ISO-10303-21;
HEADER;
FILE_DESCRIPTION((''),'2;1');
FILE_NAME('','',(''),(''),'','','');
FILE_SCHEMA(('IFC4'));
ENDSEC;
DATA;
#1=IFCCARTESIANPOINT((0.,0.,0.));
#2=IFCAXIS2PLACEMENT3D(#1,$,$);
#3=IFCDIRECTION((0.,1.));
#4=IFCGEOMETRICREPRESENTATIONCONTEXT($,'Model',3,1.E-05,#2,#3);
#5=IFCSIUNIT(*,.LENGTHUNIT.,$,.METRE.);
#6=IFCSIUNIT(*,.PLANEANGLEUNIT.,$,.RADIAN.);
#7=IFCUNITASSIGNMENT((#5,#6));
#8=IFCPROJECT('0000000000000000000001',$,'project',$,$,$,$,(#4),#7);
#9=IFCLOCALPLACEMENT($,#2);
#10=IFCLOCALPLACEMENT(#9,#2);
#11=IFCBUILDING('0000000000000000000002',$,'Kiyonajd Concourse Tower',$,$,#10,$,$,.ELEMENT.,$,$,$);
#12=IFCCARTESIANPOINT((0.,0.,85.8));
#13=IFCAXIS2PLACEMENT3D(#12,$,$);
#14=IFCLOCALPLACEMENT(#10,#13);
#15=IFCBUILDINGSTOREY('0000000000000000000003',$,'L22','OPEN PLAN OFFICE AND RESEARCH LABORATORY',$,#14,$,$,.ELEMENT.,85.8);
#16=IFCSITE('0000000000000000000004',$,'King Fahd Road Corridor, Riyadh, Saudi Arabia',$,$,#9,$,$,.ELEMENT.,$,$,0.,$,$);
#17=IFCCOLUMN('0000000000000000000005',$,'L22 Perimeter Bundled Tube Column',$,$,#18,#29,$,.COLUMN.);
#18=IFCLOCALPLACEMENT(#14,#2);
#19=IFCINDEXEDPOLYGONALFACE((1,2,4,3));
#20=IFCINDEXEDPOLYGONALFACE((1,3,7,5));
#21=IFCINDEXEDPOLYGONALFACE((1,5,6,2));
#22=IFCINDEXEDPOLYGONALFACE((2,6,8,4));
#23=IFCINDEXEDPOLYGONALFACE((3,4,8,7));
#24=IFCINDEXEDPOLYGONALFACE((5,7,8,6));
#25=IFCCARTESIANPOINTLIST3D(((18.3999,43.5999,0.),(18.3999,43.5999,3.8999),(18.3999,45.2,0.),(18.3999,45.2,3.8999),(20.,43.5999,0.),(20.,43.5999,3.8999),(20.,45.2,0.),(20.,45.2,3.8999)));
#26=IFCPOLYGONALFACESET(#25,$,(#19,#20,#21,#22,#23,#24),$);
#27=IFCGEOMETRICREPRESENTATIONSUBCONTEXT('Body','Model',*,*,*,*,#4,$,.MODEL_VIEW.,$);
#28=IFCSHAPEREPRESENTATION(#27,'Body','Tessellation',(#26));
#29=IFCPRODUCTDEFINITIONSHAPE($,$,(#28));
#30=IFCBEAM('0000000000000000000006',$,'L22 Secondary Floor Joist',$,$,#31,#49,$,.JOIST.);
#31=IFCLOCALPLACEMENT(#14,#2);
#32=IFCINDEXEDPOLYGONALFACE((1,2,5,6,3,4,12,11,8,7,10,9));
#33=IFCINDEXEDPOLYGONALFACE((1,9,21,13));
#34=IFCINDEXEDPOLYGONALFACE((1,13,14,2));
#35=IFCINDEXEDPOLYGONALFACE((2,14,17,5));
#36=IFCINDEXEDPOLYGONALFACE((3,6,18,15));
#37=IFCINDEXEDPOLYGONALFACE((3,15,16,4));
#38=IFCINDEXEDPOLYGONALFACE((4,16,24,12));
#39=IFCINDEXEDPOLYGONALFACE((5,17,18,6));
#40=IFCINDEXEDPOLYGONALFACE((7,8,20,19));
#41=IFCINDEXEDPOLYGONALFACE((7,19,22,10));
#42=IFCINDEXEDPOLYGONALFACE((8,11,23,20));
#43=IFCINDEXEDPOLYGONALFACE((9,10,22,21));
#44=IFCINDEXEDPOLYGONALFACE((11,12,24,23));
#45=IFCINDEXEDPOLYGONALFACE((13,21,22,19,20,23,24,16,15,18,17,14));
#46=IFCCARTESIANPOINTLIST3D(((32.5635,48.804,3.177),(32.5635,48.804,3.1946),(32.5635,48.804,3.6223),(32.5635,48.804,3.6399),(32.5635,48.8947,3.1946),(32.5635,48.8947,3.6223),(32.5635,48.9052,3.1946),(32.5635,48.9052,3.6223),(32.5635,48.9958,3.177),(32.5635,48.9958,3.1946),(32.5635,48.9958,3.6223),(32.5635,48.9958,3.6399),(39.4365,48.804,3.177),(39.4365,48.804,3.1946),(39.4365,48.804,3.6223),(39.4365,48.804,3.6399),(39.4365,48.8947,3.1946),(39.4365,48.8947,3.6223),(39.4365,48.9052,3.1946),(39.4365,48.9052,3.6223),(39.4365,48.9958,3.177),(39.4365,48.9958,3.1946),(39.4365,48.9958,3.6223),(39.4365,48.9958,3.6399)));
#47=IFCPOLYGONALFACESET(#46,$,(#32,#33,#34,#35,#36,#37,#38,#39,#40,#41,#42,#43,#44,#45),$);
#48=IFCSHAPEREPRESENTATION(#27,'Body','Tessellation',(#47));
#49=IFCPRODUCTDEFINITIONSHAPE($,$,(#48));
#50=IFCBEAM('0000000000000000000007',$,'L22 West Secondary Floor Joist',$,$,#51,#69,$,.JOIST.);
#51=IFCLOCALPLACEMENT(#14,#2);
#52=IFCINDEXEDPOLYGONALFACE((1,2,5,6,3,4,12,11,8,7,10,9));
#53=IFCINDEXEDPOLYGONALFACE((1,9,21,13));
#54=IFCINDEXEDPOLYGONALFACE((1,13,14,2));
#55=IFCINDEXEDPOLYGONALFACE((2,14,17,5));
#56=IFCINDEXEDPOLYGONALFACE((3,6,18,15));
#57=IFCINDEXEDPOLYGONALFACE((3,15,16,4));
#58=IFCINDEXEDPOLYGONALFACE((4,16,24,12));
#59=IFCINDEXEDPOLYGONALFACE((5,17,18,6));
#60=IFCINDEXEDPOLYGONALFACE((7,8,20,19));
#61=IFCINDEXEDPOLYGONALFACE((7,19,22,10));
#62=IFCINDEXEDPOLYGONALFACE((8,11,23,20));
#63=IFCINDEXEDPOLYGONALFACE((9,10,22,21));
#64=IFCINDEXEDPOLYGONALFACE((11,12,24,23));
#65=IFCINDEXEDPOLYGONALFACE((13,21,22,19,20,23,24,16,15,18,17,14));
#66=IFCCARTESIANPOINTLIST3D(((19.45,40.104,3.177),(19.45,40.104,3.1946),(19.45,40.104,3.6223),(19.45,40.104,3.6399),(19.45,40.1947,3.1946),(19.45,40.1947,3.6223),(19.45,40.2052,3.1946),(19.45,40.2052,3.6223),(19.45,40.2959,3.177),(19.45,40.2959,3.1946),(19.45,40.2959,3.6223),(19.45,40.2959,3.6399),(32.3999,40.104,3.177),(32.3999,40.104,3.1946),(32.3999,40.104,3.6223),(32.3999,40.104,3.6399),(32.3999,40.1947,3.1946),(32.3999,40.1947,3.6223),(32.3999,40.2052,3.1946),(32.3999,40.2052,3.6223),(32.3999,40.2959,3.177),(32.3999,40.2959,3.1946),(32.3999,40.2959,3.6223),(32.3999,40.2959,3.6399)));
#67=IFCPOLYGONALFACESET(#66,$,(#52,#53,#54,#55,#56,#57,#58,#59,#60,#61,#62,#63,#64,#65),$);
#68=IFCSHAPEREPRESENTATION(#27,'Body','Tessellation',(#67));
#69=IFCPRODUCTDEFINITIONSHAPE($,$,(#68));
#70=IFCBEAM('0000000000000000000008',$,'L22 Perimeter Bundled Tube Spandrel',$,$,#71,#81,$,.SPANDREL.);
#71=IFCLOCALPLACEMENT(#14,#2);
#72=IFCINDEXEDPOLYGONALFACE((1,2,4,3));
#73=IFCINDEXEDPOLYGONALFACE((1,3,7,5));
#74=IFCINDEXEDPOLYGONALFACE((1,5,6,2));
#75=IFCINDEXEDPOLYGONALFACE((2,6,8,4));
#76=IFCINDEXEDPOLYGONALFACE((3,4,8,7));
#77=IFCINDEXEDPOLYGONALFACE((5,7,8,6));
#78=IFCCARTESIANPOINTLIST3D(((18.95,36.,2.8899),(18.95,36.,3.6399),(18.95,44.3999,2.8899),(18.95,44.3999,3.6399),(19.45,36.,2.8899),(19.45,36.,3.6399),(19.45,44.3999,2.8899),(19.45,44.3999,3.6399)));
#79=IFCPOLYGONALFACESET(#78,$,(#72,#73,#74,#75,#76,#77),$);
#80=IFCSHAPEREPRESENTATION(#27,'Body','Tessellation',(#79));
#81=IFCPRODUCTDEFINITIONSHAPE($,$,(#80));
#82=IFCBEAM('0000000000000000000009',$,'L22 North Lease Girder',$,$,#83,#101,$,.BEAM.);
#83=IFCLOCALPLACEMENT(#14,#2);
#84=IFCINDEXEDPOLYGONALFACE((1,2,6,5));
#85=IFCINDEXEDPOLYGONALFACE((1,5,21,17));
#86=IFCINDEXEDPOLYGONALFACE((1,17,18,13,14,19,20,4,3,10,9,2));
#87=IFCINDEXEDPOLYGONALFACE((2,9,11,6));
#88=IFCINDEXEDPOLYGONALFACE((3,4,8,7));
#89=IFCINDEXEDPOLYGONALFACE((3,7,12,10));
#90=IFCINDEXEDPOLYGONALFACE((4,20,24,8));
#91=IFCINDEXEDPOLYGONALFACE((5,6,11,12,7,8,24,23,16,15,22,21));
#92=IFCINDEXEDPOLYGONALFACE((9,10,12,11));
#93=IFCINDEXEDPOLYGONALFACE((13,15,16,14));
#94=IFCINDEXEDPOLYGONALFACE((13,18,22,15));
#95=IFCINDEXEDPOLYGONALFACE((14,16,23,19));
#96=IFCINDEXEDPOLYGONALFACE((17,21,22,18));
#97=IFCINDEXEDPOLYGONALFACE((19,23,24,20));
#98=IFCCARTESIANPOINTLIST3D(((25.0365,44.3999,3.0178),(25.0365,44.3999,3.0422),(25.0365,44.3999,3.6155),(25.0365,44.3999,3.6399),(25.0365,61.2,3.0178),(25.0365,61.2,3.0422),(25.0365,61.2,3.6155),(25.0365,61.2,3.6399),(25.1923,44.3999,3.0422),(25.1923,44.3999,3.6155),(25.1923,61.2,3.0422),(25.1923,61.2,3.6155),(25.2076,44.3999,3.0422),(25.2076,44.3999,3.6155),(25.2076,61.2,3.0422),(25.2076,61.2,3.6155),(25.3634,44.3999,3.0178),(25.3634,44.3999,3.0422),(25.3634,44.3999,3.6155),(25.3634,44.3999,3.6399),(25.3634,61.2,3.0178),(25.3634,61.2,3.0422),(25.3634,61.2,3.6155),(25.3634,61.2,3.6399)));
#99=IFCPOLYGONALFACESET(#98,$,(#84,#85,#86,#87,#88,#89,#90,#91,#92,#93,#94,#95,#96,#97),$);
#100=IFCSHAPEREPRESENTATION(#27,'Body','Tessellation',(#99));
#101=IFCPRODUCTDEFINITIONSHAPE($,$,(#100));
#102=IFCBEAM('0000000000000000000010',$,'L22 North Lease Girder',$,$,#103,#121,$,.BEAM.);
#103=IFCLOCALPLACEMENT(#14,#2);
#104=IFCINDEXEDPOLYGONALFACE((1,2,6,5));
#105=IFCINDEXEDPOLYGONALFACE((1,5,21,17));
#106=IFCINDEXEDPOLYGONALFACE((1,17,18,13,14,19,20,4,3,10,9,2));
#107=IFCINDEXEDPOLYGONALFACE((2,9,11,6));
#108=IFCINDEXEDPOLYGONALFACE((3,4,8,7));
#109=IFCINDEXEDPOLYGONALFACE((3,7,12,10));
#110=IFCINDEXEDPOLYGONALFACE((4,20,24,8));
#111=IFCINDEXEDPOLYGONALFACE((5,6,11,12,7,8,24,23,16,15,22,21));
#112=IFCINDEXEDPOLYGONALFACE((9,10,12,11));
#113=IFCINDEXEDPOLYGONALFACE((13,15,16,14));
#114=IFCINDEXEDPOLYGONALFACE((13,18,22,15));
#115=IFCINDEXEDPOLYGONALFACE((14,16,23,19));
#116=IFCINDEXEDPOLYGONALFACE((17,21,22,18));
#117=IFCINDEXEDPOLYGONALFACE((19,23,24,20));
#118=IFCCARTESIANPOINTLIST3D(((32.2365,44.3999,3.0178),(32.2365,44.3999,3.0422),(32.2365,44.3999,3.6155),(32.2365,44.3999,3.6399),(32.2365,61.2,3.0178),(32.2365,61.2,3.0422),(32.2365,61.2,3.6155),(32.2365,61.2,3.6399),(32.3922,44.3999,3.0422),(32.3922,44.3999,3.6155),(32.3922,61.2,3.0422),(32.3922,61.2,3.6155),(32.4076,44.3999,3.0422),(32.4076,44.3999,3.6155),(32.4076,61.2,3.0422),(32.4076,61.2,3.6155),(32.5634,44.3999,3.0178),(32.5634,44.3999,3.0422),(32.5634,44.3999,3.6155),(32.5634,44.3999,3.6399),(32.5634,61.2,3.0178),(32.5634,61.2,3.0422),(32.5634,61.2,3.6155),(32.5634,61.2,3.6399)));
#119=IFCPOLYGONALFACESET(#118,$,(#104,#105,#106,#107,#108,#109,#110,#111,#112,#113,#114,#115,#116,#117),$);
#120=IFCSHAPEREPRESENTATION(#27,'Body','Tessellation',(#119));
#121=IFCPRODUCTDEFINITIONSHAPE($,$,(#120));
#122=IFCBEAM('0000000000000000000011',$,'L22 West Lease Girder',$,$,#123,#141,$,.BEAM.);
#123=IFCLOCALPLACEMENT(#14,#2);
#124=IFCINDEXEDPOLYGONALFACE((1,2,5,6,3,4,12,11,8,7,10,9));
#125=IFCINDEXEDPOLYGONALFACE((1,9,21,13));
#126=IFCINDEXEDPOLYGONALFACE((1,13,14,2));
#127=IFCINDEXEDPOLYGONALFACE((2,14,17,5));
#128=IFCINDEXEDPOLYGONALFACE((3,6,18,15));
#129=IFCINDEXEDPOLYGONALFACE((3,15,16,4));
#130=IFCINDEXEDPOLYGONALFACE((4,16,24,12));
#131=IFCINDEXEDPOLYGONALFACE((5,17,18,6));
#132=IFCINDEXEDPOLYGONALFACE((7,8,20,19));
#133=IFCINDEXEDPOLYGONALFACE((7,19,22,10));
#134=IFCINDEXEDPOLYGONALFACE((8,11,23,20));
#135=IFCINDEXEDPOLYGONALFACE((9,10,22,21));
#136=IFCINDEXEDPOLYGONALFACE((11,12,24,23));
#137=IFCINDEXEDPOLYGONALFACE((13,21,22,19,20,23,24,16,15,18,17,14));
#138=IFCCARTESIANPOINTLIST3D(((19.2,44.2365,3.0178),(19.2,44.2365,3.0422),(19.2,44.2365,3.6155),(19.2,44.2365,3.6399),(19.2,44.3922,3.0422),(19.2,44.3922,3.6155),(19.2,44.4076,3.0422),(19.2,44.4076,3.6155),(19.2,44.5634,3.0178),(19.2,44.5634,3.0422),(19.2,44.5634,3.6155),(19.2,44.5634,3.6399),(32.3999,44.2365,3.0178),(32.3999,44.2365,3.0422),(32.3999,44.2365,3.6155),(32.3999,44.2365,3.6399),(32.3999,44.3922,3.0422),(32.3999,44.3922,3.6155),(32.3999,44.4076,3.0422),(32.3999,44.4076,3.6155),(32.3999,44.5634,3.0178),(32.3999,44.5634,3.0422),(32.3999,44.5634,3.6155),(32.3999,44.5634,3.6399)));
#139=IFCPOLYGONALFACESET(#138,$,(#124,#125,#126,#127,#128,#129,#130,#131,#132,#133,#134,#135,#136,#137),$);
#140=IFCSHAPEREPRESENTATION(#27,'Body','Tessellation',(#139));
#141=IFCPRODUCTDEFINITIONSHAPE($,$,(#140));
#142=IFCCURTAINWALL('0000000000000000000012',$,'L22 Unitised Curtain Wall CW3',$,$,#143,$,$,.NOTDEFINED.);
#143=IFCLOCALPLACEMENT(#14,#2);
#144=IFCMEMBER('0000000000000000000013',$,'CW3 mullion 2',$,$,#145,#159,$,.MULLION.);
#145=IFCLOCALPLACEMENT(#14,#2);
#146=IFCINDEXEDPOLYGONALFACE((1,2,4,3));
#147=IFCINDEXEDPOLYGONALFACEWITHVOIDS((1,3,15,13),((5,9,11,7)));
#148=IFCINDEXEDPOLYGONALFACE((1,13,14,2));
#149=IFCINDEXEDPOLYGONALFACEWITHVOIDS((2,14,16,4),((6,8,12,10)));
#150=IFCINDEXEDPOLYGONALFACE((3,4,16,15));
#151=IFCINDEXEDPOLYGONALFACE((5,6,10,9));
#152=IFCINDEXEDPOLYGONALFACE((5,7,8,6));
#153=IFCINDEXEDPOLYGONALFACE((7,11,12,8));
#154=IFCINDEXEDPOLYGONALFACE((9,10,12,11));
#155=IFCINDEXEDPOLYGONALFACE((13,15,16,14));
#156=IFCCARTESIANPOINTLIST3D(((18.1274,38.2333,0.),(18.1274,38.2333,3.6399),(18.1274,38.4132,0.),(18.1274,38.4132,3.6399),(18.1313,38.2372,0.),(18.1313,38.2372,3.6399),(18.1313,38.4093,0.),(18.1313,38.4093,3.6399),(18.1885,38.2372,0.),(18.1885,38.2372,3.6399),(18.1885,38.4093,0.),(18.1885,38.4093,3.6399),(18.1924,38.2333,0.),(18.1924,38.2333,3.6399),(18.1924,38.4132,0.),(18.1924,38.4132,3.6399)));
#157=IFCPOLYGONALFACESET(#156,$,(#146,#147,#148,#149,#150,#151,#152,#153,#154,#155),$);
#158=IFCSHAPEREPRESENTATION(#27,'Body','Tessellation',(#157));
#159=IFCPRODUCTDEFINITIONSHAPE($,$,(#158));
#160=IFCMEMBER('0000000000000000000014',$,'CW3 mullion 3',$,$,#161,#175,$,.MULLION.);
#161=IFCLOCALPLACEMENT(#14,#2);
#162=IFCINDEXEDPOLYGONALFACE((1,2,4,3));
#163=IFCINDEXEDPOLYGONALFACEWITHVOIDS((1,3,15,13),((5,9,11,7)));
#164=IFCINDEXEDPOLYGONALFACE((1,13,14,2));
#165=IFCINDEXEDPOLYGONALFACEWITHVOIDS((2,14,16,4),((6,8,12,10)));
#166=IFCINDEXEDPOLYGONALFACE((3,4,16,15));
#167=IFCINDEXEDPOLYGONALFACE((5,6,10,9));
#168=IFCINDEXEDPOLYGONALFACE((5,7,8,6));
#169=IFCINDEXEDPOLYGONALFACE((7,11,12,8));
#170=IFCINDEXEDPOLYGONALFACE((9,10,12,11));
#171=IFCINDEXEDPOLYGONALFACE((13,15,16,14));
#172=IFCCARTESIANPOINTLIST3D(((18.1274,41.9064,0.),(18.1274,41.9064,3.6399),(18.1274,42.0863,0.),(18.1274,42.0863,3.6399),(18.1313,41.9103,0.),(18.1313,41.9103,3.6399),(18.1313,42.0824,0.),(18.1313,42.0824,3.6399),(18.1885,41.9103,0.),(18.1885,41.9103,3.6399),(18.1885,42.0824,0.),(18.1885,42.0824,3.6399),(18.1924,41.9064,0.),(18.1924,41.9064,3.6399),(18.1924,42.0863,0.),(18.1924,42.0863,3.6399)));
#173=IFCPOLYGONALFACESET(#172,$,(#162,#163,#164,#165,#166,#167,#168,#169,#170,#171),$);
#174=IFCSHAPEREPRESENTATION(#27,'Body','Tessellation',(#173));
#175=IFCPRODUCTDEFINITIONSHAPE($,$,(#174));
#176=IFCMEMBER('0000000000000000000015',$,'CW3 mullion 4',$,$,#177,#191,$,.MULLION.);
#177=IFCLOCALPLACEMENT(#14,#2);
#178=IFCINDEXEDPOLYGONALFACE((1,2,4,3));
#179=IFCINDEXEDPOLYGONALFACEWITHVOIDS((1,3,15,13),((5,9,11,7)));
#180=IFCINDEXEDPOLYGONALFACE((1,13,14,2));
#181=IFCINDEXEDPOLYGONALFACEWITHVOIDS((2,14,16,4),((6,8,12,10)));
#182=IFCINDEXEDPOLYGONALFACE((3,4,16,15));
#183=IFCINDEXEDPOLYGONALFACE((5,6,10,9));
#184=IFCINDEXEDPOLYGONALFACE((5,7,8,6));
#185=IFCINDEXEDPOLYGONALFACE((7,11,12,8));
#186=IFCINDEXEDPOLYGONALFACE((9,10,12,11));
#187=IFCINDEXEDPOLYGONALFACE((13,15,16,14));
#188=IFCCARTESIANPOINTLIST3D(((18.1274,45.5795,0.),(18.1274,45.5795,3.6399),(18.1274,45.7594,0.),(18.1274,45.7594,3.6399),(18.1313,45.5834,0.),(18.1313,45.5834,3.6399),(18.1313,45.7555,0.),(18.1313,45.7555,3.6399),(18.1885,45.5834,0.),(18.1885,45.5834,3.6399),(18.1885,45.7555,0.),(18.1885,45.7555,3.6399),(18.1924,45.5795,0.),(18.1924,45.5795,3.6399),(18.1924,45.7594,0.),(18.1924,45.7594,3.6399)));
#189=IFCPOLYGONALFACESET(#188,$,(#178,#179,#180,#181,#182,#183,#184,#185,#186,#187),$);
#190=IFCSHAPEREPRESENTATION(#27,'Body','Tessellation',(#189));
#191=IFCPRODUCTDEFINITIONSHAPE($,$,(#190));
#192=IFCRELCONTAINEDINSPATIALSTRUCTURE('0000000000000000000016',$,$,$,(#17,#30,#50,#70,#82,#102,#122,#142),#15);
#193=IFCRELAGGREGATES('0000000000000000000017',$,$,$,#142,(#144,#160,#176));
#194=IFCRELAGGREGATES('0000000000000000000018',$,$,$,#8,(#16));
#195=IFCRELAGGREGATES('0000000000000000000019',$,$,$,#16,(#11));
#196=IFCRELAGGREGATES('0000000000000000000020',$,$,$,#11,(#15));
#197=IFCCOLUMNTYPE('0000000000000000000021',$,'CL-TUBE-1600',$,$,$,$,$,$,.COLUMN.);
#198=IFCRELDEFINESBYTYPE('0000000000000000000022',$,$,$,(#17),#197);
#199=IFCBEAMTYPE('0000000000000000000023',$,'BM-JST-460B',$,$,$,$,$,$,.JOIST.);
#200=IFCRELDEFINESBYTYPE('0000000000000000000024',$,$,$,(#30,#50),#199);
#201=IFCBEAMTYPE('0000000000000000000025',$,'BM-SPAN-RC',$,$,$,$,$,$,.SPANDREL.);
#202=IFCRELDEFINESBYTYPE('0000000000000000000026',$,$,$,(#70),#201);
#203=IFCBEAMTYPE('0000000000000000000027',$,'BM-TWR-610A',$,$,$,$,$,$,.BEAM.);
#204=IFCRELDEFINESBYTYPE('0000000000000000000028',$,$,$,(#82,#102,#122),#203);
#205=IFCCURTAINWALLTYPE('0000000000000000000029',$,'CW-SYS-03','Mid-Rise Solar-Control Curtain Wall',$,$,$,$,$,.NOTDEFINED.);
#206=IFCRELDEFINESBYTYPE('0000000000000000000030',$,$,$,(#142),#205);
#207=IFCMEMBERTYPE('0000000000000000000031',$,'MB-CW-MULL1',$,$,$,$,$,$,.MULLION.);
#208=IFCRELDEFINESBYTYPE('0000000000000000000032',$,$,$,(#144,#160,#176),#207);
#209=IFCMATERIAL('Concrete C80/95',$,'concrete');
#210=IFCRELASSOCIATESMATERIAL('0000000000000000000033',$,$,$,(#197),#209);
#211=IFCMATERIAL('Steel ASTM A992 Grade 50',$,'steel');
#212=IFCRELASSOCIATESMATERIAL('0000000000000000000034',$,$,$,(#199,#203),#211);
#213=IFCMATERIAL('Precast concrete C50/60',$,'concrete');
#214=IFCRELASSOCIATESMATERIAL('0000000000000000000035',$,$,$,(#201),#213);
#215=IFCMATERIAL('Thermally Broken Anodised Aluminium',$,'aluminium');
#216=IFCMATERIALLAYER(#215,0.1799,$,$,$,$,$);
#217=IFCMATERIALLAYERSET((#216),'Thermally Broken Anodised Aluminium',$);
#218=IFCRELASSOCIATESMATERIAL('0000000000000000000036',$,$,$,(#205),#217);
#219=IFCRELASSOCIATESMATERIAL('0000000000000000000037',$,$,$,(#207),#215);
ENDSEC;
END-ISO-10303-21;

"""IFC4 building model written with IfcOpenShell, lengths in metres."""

from ifc_helpers import new_model, si_unit, direction, frame, origin, origin_2d, place, context, subcontext, project, spatial, rectangle, hollow_rectangle, i_section, extrude, material, layer, layer_set, material_profile, profile_set, type_object, element, aggregate, save


model = new_model("IFC4")

# Units and contexts
model_context = context("Model", 3, precision=1e-05, world=origin(), true_north=direction((0.0, 1.0)))
body_context = subcontext(model_context, "Body", "Model", "MODEL_VIEW")
ifc_project = project(units=[si_unit("LENGTHUNIT", "METRE"), si_unit("PLANEANGLEUNIT", "RADIAN")], contexts=[model_context])

# Site, building, storey
site_placement = place(None, origin())
site = spatial("IfcSite", under=ifc_project, at=site_placement, Name="King Fahd Road Corridor, Riyadh, Saudi Arabia", CompositionType="ELEMENT", RefElevation=0.0)
building_placement = place(site_placement, origin())
building = spatial("IfcBuilding", under=site, at=building_placement, Name="Kiyonajd Concourse Tower", CompositionType="ELEMENT")
storey_placement = place(building_placement, frame((0.0, 0.0, 85.8)))
storey = spatial("IfcBuildingStorey", under=building, at=storey_placement, Name="L22", Description="OPEN PLAN OFFICE AND RESEARCH LABORATORY", CompositionType="ELEMENT", Elevation=85.8)

# Column
ifc_material_1 = material(Name="Concrete C80/95", Category="concrete")
ifc_material_profile_1 = material_profile(ifc_material_1, rectangle(XDim=1.6001, YDim=1.6001, at=origin_2d()), Name="RC-1600x1600")
ifc_profile_set_1 = profile_set([ifc_material_profile_1], Name="Concrete C80/95")
column_type = type_object("IfcColumnType", Name="CL-TUBE-1600", PredefinedType="COLUMN", material=ifc_profile_set_1)
column_placement = place(storey_placement, frame((19.2, 44.3999, 0.0), z_axis=(0.0, 0.0, 1.0), x_axis=(1.0, 0.0, 0.0)))
element("IfcColumn", 1, at=column_placement, inside=storey, type_object=column_type, Name="L22 Perimeter Bundled Tube Column", PredefinedType="COLUMN", context=body_context, shape_type="SweptSolid", body=[
    extrude(rectangle(XDim=1.6001, YDim=1.6001, at=origin_2d()), origin(), (0.0, 0.0, 1.0), 3.8999),
])

# Beams
ifc_material_2 = material(Name="Steel ASTM A992 Grade 50", Category="steel")
ifc_material_profile_2 = material_profile(ifc_material_2, i_section(OverallWidth=0.1919, OverallDepth=0.4629, WebThickness=0.0105, FlangeThickness=0.0176, at=origin_2d()), Name="W460X89")
ifc_profile_set_2 = profile_set([ifc_material_profile_2], Name="Steel ASTM A992 Grade 50")
beam_type_1 = type_object("IfcBeamType", Name="BM-JST-460B", PredefinedType="JOIST", material=ifc_profile_set_2)
beam_1_placement = place(storey_placement, frame((32.5635, 48.8999, 3.4084), z_axis=(1.0, 0.0, 0.0), x_axis=(0.0, 1.0, 0.0)))
element("IfcBeam", 2, at=beam_1_placement, inside=storey, type_object=beam_type_1, Name="L22 Secondary Floor Joist", PredefinedType="JOIST", context=body_context, shape_type="SweptSolid", body=[
    extrude(i_section(OverallWidth=0.1919, OverallDepth=0.4629, WebThickness=0.0105, FlangeThickness=0.0176, at=origin_2d()), origin(), (0.0, 0.0, 1.0), 6.873),
])
beam_2_placement = place(storey_placement, frame((19.45, 40.2, 3.4084), z_axis=(1.0, 0.0, 0.0), x_axis=(0.0, 1.0, 0.0)))
element("IfcBeam", 3, at=beam_2_placement, inside=storey, type_object=beam_type_1, Name="L22 West Secondary Floor Joist", PredefinedType="JOIST", context=body_context, shape_type="SweptSolid", body=[
    extrude(i_section(OverallWidth=0.1919, OverallDepth=0.4629, WebThickness=0.0105, FlangeThickness=0.0176, at=origin_2d()), origin(), (0.0, 0.0, 1.0), 12.95),
])
ifc_material_3 = material(Name="Precast concrete C50/60", Category="concrete")
ifc_material_profile_3 = material_profile(ifc_material_3, rectangle(XDim=0.5, YDim=0.75, at=origin_2d()), Name="RCBM-500x750")
ifc_profile_set_3 = profile_set([ifc_material_profile_3], Name="Precast concrete C50/60")
beam_type_2 = type_object("IfcBeamType", Name="BM-SPAN-RC", PredefinedType="SPANDREL", material=ifc_profile_set_3)
beam_3_placement = place(storey_placement, frame((19.2, 44.3999, 3.2649), z_axis=(0.0, -1.0, 0.0), x_axis=(1.0, 0.0, 0.0)))
element("IfcBeam", 4, at=beam_3_placement, inside=storey, type_object=beam_type_2, Name="L22 Perimeter Bundled Tube Spandrel", PredefinedType="SPANDREL", context=body_context, shape_type="SweptSolid", body=[
    extrude(rectangle(XDim=0.5, YDim=0.75, at=origin_2d()), origin(), (0.0, 0.0, 1.0), 8.3999),
])
ifc_material_profile_4 = material_profile(ifc_material_2, i_section(OverallWidth=0.3269, OverallDepth=0.6221, WebThickness=0.0154, FlangeThickness=0.0244, at=origin_2d()), Name="W610X195")
ifc_profile_set_4 = profile_set([ifc_material_profile_4], Name="Steel ASTM A992 Grade 50")
beam_type_3 = type_object("IfcBeamType", Name="BM-TWR-610A", PredefinedType="BEAM", material=ifc_profile_set_4)
for number, where, z_axis, x_axis, name in (
    (5, (25.2, 44.3999, 3.3289), (0.0, 1.0, 0.0), (-1.0, 0.0, 0.0), "L22 North Lease Girder"),
    (6, (32.3999, 44.3999, 3.3289), (0.0, 1.0, 0.0), (-1.0, 0.0, 0.0), "L22 North Lease Girder"),
):
    element("IfcBeam", number, at=place(storey_placement, frame(where, z_axis=z_axis, x_axis=x_axis)), inside=storey, type_object=beam_type_3, Name=name, PredefinedType="BEAM", context=body_context, shape_type="SweptSolid", body=[
        extrude(i_section(OverallWidth=0.3269, OverallDepth=0.6221, WebThickness=0.0154, FlangeThickness=0.0244, at=origin_2d()), origin(), (0.0, 0.0, 1.0), 16.8),
    ])
beam_4_placement = place(storey_placement, frame((19.2, 44.3999, 3.3289), z_axis=(1.0, 0.0, 0.0), x_axis=(0.0, 1.0, 0.0)))
element("IfcBeam", 7, at=beam_4_placement, inside=storey, type_object=beam_type_3, Name="L22 West Lease Girder", PredefinedType="BEAM", context=body_context, shape_type="SweptSolid", body=[
    extrude(i_section(OverallWidth=0.3269, OverallDepth=0.6221, WebThickness=0.0154, FlangeThickness=0.0244, at=origin_2d()), origin(), (0.0, 0.0, 1.0), 13.2),
])

# Curtain wall, members
ifc_material_4 = material(Name="Thermally Broken Anodised Aluminium", Category="aluminium")
ifc_layer_1 = layer(ifc_material_4, 0.1799)
ifc_layer_set_1 = layer_set([ifc_layer_1], Name="Thermally Broken Anodised Aluminium")
curtain_wall_type = type_object("IfcCurtainWallType", Name="CW-SYS-03", Description="Mid-Rise Solar-Control Curtain Wall", PredefinedType="NOTDEFINED", material=ifc_layer_set_1)
curtain_wall_placement = place(storey_placement, origin())
curtain_wall = element("IfcCurtainWall", 8, at=curtain_wall_placement, inside=storey, type_object=curtain_wall_type, Name="L22 Unitised Curtain Wall CW3", PredefinedType="NOTDEFINED")
ifc_material_profile_5 = material_profile(ifc_material_4, hollow_rectangle(XDim=0.0649, YDim=0.1799, WallThickness=0.0039, at=origin_2d()), Name="MULL-65x180")
ifc_profile_set_5 = profile_set([ifc_material_profile_5], Name="Thermally Broken Anodised Aluminium")
member_type_1 = type_object("IfcMemberType", Name="MB-CW-MULL1", PredefinedType="MULLION", material=ifc_profile_set_5)
member_1_placement = place(storey_placement, frame((18.1599, 38.3232, 0.0), z_axis=(0.0, 0.0, 1.0), x_axis=(-1.0, 0.0, 0.0)))
member_1 = element("IfcMember", 9, at=member_1_placement, type_object=member_type_1, Name="CW3 mullion 2", PredefinedType="MULLION", context=body_context, shape_type="SweptSolid", body=[
    extrude(hollow_rectangle(XDim=0.0649, YDim=0.1799, WallThickness=0.0039, at=origin_2d()), origin(), (0.0, 0.0, 1.0), 3.6399),
])
member_2_placement = place(storey_placement, frame((18.1599, 41.9963, 0.0), z_axis=(0.0, 0.0, 1.0), x_axis=(-1.0, 0.0, 0.0)))
member_2 = element("IfcMember", 10, at=member_2_placement, type_object=member_type_1, Name="CW3 mullion 3", PredefinedType="MULLION", context=body_context, shape_type="SweptSolid", body=[
    extrude(hollow_rectangle(XDim=0.0649, YDim=0.1799, WallThickness=0.0039, at=origin_2d()), origin(), (0.0, 0.0, 1.0), 3.6399),
])
member_3_placement = place(storey_placement, frame((18.1599, 45.6694, 0.0), z_axis=(0.0, 0.0, 1.0), x_axis=(-1.0, 0.0, 0.0)))
member_3 = element("IfcMember", 11, at=member_3_placement, type_object=member_type_1, Name="CW3 mullion 4", PredefinedType="MULLION", context=body_context, shape_type="SweptSolid", body=[
    extrude(hollow_rectangle(XDim=0.0649, YDim=0.1799, WallThickness=0.0039, at=origin_2d()), origin(), (0.0, 0.0, 1.0), 3.6399),
])
aggregate(curtain_wall, [member_1, member_2, member_3])

save(model, "model.ifc")
